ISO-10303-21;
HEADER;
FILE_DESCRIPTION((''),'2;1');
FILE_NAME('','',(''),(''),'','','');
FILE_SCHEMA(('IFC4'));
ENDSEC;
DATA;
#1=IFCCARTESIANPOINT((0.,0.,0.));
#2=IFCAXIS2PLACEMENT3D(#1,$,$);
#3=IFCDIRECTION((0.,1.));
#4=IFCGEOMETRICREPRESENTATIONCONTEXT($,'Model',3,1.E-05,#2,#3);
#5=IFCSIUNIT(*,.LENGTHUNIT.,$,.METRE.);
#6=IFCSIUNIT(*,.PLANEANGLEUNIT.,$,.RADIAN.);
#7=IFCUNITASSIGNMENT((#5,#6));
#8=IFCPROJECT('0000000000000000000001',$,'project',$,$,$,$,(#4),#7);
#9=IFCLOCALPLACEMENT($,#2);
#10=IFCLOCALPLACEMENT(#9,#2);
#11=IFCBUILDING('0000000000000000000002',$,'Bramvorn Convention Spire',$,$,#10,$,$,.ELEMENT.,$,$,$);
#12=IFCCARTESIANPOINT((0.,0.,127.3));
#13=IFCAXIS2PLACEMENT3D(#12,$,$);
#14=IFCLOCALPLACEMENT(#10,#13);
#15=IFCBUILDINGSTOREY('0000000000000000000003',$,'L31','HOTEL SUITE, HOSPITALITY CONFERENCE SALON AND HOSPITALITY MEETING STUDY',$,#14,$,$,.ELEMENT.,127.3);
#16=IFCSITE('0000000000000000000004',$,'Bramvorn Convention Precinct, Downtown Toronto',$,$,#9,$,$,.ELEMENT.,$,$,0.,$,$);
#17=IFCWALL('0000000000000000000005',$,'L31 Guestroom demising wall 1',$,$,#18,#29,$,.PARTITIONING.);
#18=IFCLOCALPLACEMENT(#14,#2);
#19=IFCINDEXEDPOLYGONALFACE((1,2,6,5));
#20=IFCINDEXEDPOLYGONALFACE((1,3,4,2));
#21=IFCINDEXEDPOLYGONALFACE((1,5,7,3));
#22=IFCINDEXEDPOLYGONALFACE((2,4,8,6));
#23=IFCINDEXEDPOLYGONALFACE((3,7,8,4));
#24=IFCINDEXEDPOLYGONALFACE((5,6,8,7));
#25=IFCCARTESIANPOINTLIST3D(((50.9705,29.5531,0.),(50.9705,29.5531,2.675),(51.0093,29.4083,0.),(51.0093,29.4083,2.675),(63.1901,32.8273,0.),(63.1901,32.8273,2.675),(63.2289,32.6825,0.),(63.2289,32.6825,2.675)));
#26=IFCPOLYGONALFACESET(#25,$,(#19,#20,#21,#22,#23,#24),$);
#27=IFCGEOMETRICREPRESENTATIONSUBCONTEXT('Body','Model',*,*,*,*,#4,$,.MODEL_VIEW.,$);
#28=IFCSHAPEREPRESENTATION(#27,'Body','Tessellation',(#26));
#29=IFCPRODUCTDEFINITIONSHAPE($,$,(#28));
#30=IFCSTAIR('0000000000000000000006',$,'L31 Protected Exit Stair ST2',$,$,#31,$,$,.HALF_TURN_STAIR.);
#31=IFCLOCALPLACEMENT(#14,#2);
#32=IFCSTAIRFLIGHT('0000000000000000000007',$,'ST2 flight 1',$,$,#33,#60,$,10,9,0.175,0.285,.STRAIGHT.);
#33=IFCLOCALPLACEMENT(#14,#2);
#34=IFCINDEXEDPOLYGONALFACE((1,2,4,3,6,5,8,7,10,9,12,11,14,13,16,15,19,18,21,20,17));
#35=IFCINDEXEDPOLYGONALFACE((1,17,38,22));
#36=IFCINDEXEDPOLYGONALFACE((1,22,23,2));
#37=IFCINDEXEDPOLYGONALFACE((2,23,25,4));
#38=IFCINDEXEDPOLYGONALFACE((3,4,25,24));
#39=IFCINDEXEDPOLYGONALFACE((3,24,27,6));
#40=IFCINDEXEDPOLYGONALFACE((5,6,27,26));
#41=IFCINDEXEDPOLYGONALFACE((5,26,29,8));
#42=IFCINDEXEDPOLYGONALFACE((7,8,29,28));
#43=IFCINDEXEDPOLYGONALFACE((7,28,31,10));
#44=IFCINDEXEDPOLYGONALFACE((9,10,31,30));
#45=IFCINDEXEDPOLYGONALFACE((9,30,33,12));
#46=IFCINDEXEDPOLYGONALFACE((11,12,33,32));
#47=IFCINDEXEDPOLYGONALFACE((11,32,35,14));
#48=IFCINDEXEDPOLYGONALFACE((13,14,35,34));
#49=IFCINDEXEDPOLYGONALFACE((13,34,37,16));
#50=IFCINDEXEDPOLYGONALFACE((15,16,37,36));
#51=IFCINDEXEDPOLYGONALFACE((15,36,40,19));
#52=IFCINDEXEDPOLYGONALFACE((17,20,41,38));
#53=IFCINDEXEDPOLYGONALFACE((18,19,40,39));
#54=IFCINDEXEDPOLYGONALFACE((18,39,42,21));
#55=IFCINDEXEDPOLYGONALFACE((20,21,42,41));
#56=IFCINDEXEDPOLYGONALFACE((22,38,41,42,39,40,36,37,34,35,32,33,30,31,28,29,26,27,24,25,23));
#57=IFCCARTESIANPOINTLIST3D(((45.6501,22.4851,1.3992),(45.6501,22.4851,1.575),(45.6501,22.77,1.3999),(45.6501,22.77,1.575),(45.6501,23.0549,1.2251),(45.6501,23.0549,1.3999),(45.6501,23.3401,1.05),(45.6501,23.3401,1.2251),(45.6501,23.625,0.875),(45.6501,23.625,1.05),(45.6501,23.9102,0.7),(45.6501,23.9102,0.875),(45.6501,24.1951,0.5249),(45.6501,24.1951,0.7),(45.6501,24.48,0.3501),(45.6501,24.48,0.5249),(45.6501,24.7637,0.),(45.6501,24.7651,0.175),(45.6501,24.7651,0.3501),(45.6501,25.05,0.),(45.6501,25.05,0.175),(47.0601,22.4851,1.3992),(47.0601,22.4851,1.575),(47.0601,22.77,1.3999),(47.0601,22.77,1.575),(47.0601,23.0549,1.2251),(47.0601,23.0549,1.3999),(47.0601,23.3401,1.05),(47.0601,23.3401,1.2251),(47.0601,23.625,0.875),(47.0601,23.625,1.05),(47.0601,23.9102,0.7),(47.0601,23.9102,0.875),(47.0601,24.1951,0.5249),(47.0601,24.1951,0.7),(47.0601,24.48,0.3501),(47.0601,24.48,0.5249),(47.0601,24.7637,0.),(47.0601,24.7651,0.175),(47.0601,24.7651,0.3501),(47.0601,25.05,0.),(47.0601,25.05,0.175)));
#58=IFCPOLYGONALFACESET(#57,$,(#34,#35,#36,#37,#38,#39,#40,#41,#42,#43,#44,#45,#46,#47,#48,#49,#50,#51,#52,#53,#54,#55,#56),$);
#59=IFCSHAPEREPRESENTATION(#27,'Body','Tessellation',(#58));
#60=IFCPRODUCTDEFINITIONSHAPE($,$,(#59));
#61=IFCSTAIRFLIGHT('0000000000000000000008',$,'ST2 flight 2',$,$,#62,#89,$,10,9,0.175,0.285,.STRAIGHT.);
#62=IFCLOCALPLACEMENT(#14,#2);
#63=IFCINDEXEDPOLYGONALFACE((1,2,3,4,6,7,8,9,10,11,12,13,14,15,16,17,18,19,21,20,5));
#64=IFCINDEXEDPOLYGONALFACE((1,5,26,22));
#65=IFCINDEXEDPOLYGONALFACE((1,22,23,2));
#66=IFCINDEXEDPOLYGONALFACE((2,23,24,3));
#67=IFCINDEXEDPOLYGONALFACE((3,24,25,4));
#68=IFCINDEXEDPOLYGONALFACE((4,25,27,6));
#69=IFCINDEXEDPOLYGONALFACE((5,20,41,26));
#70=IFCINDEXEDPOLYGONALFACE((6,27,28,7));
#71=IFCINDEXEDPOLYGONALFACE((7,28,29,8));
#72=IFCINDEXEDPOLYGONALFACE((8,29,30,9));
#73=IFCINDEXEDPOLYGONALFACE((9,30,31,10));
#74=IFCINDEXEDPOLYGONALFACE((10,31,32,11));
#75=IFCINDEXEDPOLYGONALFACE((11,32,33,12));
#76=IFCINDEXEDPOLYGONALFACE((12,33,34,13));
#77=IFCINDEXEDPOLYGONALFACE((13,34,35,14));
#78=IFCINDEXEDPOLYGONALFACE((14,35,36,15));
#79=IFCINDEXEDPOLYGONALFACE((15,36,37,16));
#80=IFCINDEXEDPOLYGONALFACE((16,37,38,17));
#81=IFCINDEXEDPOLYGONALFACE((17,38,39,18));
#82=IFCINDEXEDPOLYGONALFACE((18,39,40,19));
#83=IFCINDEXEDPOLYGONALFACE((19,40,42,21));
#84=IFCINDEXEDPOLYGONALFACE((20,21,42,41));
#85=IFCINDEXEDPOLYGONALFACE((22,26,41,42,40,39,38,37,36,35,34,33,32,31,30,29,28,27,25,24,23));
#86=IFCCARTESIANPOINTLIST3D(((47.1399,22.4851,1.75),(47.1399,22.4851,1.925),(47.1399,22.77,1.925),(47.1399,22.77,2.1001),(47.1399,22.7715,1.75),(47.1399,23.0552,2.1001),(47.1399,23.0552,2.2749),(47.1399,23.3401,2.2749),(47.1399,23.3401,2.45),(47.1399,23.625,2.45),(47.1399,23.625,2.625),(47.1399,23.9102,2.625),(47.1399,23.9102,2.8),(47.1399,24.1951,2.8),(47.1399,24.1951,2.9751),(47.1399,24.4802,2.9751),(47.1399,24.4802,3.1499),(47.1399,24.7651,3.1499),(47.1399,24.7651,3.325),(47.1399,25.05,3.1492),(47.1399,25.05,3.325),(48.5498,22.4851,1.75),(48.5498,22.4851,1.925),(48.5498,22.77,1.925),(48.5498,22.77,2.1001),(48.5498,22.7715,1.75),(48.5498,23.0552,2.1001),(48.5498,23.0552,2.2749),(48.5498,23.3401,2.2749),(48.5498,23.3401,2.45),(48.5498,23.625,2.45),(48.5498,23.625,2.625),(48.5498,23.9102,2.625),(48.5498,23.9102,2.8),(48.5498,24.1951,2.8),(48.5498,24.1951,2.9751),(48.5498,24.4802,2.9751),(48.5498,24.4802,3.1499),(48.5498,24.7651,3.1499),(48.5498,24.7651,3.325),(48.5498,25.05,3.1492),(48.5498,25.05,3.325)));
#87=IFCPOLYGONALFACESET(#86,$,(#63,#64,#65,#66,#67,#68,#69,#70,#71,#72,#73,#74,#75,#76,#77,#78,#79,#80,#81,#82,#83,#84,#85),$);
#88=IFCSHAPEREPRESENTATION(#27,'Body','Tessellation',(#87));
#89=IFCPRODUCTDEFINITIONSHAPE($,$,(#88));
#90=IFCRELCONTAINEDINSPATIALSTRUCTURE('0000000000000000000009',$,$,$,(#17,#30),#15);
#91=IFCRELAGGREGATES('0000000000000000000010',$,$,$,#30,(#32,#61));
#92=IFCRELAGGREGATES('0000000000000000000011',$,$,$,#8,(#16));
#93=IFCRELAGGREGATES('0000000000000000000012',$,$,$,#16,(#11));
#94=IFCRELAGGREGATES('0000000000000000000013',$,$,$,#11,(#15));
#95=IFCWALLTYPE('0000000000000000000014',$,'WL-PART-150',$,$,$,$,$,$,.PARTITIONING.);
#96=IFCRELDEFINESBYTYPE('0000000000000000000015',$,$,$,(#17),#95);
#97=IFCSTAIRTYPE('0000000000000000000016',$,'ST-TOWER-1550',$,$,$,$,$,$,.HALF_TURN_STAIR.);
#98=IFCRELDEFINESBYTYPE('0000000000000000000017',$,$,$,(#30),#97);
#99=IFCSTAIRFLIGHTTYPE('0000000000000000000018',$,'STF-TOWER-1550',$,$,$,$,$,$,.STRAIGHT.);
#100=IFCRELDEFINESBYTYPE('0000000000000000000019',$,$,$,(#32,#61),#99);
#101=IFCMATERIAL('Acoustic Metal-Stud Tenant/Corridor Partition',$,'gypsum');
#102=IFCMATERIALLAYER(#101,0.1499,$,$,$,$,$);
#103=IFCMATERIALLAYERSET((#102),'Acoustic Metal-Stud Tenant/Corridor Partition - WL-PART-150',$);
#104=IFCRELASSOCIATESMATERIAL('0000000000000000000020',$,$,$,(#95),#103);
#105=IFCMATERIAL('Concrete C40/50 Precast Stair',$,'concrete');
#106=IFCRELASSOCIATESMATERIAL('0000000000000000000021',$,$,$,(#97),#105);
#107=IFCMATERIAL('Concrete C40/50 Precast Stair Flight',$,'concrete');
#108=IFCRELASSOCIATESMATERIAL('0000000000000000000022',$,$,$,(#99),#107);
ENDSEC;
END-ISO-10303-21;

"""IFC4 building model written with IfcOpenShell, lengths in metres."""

from ifc_helpers import new_model, si_unit, direction, frame, frame_2d, origin, place, context, subcontext, project, spatial, polyline, rectangle, outline, extrude, material, layer, layer_set, type_object, element, aggregate, save


model = new_model("IFC4")

# Units and contexts
model_context = context("Model", 3, precision=1e-05, world=origin(), true_north=direction((0.0, 1.0)))
body_context = subcontext(model_context, "Body", "Model", "MODEL_VIEW")
ifc_project = project(units=[si_unit("LENGTHUNIT", "METRE"), si_unit("PLANEANGLEUNIT", "RADIAN")], contexts=[model_context])

# Site, building, storey
site_placement = place(None, origin())
site = spatial("IfcSite", under=ifc_project, at=site_placement, Name="Bramvorn Convention Precinct, Downtown Toronto", CompositionType="ELEMENT", RefElevation=0.0)
building_placement = place(site_placement, origin())
building = spatial("IfcBuilding", under=site, at=building_placement, Name="Bramvorn Convention Spire", CompositionType="ELEMENT")
storey_placement = place(building_placement, frame((0.0, 0.0, 127.3)))
storey = spatial("IfcBuildingStorey", under=building, at=storey_placement, Name="L31", Description="HOTEL SUITE, HOSPITALITY CONFERENCE SALON AND HOSPITALITY MEETING STUDY", CompositionType="ELEMENT", Elevation=127.3)

# Shared definitions
ifc_material_1 = material(Name="Acoustic Metal-Stud Tenant/Corridor Partition", Category="gypsum")
ifc_layer_1 = layer(ifc_material_1, 0.1499)
ifc_layer_set_1 = layer_set([ifc_layer_1], Name="Acoustic Metal-Stud Tenant/Corridor Partition - WL-PART-150")
wall_type_1 = type_object("IfcWallType", Name="WL-PART-150", PredefinedType="PARTITIONING", material=ifc_layer_set_1)

# Wall
wall_1_placement = place(storey_placement, frame((50.99, 29.4807, 0.0), z_axis=(0.0, 0.0, 1.0), x_axis=(0.965926, 0.258817, 0.0)))
element("IfcWall", 1, at=wall_1_placement, inside=storey, type_object=wall_type_1, Name="L31 Guestroom demising wall 1", PredefinedType="PARTITIONING", context=body_context, shape_type="SweptSolid", body=[
    extrude(rectangle(XDim=12.6506, YDim=0.1499, at=frame_2d((6.3252, 0.0))), origin(), (0.0, 0.0, 1.0), 2.675),
])

# Stair, stair flights
ifc_material_2 = material(Name="Concrete C40/50 Precast Stair", Category="concrete")
stair_type = type_object("IfcStairType", Name="ST-TOWER-1550", PredefinedType="HALF_TURN_STAIR", material=ifc_material_2)
stair_placement = place(storey_placement, origin())
stair = element("IfcStair", 2, at=stair_placement, inside=storey, type_object=stair_type, Name="L31 Protected Exit Stair ST2", PredefinedType="HALF_TURN_STAIR")
ifc_material_3 = material(Name="Concrete C40/50 Precast Stair Flight", Category="concrete")
stair_flight_type = type_object("IfcStairFlightType", Name="STF-TOWER-1550", PredefinedType="STRAIGHT", material=ifc_material_3)
stair_flight_1_placement = place(storey_placement, frame((46.355, 25.05, 0.0), z_axis=(0.0, 0.0, 1.0), x_axis=(0.0, -1.0, 0.0)))
stair_flight_1 = element("IfcStairFlight", 3, at=stair_flight_1_placement, type_object=stair_flight_type, Name="ST2 flight 1", NumberOfRisers=10, NumberOfTreads=9, PredefinedType="STRAIGHT", RiserHeight=0.175, TreadLength=0.285, context=body_context, shape_type="SweptSolid", body=[
    extrude(outline(polyline([(0.0, 0.0), (0.0, 0.175), (0.2849, 0.175), (0.2849, 0.3501), (0.5701, 0.3501), (0.5701, 0.5249), (0.855, 0.5249), (0.855, 0.7), (1.1399, 0.7), (1.1399, 0.875), (1.425, 0.875), (1.425, 1.05), (1.71, 1.05), (1.71, 1.2251), (1.9951, 1.2251), (1.9951, 1.3999), (2.28, 1.3999), (2.28, 1.575), (2.5649, 1.575), (2.5649, 1.75), (2.5649, 1.3992), (0.2864, 0.0), (0.0, 0.0)])), frame((0.0, 0.7051, 0.0), z_axis=(0.0, -1.0, 0.0), x_axis=(1.0, 0.0, 0.0)), (0.0, 0.0, 1.0), 1.4099),
])
stair_flight_2_placement = place(storey_placement, frame((47.845, 22.4851, 1.75), z_axis=(0.0, 0.0, 1.0), x_axis=(0.0, 1.0, 0.0)))
stair_flight_2 = element("IfcStairFlight", 4, at=stair_flight_2_placement, type_object=stair_flight_type, Name="ST2 flight 2", NumberOfRisers=10, NumberOfTreads=9, PredefinedType="STRAIGHT", RiserHeight=0.175, TreadLength=0.285, context=body_context, shape_type="SweptSolid", body=[
    extrude(outline(polyline([(0.0, 0.0), (0.0, 0.175), (0.2849, 0.175), (0.2849, 0.3501), (0.5701, 0.3501), (0.5701, 0.5249), (0.855, 0.5249), (0.855, 0.7), (1.1399, 0.7), (1.1399, 0.875), (1.425, 0.875), (1.425, 1.05), (1.71, 1.05), (1.71, 1.2251), (1.9951, 1.2251), (1.9951, 1.3999), (2.28, 1.3999), (2.28, 1.575), (2.5649, 1.575), (2.5649, 1.75), (2.5649, 1.3992), (0.2864, 0.0), (0.0, 0.0)])), frame((0.0, 0.7051, 0.0), z_axis=(0.0, -1.0, 0.0), x_axis=(1.0, 0.0, 0.0)), (0.0, 0.0, 1.0), 1.4099),
])
aggregate(stair, [stair_flight_1, stair_flight_2])

save(model, "model.ifc")
